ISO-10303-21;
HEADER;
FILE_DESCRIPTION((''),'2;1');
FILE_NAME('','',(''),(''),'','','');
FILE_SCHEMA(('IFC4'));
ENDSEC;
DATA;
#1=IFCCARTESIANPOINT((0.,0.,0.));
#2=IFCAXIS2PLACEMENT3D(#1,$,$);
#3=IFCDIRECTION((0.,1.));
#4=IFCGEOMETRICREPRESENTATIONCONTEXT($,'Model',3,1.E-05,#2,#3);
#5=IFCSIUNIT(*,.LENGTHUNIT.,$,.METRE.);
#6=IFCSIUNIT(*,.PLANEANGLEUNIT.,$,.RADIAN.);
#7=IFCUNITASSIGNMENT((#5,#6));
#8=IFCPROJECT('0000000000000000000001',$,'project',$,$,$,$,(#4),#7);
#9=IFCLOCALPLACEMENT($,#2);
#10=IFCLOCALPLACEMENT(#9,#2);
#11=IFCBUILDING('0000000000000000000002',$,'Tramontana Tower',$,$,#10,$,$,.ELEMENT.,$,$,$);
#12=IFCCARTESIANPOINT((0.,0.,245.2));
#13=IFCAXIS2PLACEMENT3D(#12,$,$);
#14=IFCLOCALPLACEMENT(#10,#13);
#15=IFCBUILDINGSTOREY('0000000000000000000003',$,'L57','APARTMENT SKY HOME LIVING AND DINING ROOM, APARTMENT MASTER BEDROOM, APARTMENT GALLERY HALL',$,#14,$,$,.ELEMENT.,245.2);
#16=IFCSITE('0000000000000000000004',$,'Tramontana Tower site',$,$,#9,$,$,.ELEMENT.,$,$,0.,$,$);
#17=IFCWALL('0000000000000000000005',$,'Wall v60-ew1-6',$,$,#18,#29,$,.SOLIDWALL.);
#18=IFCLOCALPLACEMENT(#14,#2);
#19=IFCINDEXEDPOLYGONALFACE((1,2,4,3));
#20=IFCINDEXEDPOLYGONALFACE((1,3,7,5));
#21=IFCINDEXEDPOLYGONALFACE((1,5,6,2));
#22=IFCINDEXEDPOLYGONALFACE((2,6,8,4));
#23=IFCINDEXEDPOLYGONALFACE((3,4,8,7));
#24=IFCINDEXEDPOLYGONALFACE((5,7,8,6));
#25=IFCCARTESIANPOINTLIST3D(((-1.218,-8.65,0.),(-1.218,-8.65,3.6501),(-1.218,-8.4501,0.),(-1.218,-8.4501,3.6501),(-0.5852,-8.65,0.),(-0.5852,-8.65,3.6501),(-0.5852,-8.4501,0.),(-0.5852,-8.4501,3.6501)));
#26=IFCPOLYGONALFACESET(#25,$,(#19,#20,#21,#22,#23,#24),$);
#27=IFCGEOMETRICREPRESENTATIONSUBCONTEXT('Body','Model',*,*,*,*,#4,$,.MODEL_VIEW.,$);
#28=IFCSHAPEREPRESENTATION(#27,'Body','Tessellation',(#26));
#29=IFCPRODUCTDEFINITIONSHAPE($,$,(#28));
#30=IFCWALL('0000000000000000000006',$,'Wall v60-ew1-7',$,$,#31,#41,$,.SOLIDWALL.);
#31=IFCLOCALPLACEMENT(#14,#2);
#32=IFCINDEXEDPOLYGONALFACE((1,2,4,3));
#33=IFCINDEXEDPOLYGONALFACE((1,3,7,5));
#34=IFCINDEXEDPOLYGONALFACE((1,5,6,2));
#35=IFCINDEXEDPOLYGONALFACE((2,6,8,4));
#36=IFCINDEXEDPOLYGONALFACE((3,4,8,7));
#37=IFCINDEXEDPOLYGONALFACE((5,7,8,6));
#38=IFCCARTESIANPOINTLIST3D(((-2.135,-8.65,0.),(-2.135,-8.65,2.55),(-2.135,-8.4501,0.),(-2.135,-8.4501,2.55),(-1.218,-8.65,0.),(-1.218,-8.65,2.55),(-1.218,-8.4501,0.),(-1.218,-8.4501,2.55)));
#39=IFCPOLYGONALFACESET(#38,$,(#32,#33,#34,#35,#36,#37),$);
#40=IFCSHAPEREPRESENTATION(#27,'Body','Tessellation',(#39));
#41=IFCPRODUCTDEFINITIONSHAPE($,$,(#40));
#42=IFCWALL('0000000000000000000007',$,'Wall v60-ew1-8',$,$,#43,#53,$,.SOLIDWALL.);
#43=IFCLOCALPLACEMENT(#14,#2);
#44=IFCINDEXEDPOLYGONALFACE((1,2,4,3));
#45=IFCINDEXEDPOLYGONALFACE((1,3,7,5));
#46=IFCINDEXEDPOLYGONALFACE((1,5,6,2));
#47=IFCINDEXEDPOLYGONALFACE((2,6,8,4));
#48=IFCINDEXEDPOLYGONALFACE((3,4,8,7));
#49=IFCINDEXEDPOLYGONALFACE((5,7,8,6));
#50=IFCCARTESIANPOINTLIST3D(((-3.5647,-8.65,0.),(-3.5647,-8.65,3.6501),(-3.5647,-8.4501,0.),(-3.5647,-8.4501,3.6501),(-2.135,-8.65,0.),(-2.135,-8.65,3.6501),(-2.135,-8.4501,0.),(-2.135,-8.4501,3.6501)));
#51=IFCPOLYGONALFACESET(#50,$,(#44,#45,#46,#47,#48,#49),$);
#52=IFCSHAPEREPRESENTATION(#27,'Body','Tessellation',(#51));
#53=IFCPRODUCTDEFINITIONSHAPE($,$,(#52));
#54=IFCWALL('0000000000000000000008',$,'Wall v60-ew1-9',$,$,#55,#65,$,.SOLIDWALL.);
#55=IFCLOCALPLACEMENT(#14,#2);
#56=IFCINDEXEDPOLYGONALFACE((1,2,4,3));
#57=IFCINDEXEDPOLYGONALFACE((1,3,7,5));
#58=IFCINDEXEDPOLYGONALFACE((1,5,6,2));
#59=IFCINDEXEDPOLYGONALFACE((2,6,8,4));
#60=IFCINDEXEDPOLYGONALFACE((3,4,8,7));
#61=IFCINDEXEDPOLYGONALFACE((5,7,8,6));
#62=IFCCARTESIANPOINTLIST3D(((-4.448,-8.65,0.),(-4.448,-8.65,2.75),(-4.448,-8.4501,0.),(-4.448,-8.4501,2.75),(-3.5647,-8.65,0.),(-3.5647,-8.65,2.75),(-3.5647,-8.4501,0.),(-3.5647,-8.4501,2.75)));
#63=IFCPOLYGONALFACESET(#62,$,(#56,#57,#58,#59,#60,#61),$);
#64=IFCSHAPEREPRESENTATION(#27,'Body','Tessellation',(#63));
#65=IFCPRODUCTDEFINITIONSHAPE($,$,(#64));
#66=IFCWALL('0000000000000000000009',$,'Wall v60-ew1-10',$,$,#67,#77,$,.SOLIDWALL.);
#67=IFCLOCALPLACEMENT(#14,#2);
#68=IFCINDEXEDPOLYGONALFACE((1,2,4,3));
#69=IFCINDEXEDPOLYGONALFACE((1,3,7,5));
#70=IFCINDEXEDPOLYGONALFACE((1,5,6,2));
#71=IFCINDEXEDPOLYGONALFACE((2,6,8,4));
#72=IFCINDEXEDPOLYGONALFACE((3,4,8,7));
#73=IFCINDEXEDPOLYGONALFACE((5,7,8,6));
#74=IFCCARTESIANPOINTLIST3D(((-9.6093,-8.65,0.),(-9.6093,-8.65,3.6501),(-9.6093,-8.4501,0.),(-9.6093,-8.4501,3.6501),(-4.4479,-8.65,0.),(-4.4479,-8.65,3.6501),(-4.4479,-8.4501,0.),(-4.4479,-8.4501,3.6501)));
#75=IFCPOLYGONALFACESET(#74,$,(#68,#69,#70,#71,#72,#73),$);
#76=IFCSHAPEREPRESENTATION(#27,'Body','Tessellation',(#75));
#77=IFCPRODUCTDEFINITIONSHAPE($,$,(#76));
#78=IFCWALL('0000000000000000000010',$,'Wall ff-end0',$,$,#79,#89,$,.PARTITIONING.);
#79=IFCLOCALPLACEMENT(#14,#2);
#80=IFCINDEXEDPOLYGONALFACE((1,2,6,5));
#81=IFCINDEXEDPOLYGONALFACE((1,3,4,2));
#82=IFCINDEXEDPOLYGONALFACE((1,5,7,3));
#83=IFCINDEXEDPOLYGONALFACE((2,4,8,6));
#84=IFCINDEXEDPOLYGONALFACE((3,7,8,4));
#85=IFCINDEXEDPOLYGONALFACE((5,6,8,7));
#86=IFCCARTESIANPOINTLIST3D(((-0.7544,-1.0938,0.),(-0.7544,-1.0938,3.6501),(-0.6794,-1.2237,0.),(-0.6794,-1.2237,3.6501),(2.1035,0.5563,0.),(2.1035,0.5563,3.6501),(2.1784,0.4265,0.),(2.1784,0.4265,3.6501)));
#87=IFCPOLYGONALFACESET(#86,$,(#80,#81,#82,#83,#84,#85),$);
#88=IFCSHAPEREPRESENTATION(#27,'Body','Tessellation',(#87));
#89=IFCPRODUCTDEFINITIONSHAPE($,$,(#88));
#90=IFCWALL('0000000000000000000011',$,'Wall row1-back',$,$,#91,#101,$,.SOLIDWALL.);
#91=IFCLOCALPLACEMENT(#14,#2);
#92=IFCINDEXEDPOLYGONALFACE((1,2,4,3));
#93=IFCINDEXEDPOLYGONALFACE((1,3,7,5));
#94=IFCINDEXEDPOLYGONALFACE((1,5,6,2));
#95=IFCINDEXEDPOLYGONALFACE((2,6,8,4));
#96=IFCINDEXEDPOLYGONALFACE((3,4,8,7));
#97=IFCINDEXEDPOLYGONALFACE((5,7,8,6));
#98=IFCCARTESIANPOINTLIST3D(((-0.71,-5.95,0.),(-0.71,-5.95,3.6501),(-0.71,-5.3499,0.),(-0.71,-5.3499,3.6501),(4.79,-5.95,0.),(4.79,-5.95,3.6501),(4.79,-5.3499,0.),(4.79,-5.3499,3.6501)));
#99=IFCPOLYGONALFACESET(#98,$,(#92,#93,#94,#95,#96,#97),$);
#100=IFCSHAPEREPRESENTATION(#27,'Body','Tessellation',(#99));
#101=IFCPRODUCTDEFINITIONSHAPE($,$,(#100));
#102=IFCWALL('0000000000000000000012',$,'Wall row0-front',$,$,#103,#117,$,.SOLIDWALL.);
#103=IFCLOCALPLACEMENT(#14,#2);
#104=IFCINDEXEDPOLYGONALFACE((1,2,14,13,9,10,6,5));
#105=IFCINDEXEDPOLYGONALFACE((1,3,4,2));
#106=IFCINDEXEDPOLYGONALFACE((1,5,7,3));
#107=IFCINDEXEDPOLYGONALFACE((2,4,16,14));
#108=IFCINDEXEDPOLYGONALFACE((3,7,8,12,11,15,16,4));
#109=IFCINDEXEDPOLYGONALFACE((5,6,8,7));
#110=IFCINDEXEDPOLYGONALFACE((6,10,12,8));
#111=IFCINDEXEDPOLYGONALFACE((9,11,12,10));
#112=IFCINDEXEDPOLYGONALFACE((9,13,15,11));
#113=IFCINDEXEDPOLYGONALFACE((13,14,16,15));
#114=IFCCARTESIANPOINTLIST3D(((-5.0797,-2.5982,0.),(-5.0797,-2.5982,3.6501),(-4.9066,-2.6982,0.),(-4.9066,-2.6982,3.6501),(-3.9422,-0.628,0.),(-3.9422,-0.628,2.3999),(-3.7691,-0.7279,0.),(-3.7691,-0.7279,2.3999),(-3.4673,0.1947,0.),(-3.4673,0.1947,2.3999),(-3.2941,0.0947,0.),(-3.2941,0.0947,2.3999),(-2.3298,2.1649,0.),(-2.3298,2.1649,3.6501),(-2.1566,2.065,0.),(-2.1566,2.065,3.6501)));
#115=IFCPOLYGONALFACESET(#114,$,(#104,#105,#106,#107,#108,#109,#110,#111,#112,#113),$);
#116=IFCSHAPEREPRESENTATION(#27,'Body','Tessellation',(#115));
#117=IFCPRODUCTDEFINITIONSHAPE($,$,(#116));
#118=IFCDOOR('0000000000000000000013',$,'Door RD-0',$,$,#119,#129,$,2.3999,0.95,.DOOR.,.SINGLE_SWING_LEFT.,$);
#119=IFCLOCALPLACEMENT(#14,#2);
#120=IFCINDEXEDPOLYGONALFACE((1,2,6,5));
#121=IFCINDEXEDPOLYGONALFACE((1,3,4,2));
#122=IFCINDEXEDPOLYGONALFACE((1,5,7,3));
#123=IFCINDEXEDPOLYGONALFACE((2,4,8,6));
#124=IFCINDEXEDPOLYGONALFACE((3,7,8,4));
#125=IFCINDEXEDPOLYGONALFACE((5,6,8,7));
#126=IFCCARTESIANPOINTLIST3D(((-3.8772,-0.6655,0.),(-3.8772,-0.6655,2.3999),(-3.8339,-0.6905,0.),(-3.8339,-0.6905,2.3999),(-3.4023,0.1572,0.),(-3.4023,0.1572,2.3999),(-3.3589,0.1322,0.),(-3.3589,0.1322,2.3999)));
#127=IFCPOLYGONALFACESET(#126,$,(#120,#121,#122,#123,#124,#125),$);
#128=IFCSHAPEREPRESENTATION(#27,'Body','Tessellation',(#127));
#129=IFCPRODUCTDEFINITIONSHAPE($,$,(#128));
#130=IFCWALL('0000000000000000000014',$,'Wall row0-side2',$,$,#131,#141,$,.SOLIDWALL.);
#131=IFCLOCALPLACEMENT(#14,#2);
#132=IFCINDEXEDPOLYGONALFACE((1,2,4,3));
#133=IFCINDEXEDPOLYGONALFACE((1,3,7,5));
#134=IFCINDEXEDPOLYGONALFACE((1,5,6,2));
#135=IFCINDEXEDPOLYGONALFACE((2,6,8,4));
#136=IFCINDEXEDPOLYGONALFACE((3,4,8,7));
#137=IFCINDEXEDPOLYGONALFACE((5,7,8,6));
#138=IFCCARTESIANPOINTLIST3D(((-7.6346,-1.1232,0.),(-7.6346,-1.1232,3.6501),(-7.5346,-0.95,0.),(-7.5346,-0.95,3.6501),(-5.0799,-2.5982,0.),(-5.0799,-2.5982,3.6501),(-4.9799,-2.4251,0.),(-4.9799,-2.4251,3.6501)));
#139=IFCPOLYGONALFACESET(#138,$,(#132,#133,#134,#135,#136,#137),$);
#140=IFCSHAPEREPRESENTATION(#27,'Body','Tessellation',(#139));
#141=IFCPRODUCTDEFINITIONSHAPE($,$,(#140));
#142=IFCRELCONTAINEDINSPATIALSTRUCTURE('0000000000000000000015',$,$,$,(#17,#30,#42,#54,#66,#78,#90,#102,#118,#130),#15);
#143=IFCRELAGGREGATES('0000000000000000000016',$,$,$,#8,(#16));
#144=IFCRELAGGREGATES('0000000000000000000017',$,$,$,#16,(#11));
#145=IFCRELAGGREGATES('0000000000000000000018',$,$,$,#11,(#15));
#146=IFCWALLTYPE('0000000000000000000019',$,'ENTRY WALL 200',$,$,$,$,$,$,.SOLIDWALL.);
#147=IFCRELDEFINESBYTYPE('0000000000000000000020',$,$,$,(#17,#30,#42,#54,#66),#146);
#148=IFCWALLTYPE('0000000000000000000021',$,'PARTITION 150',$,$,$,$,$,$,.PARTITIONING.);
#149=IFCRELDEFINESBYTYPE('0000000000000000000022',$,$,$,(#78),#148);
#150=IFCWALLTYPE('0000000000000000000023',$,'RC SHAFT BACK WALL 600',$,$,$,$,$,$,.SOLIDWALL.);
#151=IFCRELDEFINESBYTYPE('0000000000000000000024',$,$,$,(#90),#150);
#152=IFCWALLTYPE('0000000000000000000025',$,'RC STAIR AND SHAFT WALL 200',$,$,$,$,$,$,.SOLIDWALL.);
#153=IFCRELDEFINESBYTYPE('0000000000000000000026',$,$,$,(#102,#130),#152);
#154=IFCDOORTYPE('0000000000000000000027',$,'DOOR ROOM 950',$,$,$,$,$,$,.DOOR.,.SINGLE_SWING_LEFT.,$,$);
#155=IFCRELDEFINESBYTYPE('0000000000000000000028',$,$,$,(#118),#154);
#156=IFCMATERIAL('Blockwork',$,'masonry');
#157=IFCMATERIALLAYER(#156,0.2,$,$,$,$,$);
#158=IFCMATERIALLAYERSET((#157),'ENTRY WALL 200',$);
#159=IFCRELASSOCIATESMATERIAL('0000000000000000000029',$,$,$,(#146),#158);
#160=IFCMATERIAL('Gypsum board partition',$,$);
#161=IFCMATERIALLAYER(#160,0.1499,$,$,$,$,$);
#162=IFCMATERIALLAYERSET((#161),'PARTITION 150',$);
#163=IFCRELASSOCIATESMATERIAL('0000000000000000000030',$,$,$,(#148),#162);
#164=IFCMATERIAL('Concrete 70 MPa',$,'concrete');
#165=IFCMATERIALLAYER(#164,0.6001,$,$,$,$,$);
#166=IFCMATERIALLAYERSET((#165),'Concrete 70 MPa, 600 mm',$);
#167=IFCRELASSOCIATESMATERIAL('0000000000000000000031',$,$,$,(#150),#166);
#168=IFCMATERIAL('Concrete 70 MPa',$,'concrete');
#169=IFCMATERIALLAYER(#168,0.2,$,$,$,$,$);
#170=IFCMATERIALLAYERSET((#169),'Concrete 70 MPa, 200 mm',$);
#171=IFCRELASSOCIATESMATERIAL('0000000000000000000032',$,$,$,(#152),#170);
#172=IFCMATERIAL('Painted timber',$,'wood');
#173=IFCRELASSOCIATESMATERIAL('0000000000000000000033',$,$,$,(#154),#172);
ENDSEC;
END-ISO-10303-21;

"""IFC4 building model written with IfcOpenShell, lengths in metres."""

from ifc_helpers import new_model, si_unit, direction, frame, frame_2d, origin, place, context, subcontext, project, spatial, rectangle, extrude, material, layer, layer_set, type_object, element, fill, save


model = new_model("IFC4")

# Units and contexts
model_context = context("Model", 3, precision=1e-05, world=origin(), true_north=direction((0.0, 1.0)))
body_context = subcontext(model_context, "Body", "Model", "MODEL_VIEW")
ifc_project = project(units=[si_unit("LENGTHUNIT", "METRE"), si_unit("PLANEANGLEUNIT", "RADIAN")], contexts=[model_context])

# Site, building, storey
site_placement = place(None, origin())
site = spatial("IfcSite", under=ifc_project, at=site_placement, Name="Tramontana Tower site", CompositionType="ELEMENT", RefElevation=0.0)
building_placement = place(site_placement, origin())
building = spatial("IfcBuilding", under=site, at=building_placement, Name="Tramontana Tower", CompositionType="ELEMENT")
storey_placement = place(building_placement, frame((0.0, 0.0, 245.2)))
storey = spatial("IfcBuildingStorey", under=building, at=storey_placement, Name="L57", Description="APARTMENT SKY HOME LIVING AND DINING ROOM, APARTMENT MASTER BEDROOM, APARTMENT GALLERY HALL", CompositionType="ELEMENT", Elevation=245.2)

# Walls
ifc_material_1 = material(Name="Blockwork", Category="masonry")
ifc_layer_1 = layer(ifc_material_1, 0.2)
ifc_layer_set_1 = layer_set([ifc_layer_1], Name="ENTRY WALL 200")
wall_type_1 = type_object("IfcWallType", Name="ENTRY WALL 200", PredefinedType="SOLIDWALL", material=ifc_layer_set_1)
wall_1_placement = place(storey_placement, frame((-0.5852, -8.55, 0.0), z_axis=(0.0, 0.0, 1.0), x_axis=(-1.0, 0.0, 0.0)))
element("IfcWall", 1, at=wall_1_placement, inside=storey, type_object=wall_type_1, Name="Wall v60-ew1-6", PredefinedType="SOLIDWALL", context=body_context, shape_type="SweptSolid", body=[
    extrude(rectangle(XDim=0.6328, YDim=0.2, at=frame_2d((0.3164, 0.0))), origin(), (0.0, 0.0, 1.0), 3.6501),
])
wall_2_placement = place(storey_placement, frame((-1.218, -8.55, 0.0), z_axis=(0.0, 0.0, 1.0), x_axis=(-1.0, 0.0, 0.0)))
element("IfcWall", 2, at=wall_2_placement, inside=storey, type_object=wall_type_1, Name="Wall v60-ew1-7", PredefinedType="SOLIDWALL", context=body_context, shape_type="SweptSolid", body=[
    extrude(rectangle(XDim=0.917, YDim=0.2, at=frame_2d((0.4585, 0.0))), origin(), (0.0, 0.0, 1.0), 2.55),
])
wall_3_placement = place(storey_placement, frame((-2.135, -8.55, 0.0), z_axis=(0.0, 0.0, 1.0), x_axis=(-1.0, 0.0, 0.0)))
element("IfcWall", 3, at=wall_3_placement, inside=storey, type_object=wall_type_1, Name="Wall v60-ew1-8", PredefinedType="SOLIDWALL", context=body_context, shape_type="SweptSolid", body=[
    extrude(rectangle(XDim=1.4297, YDim=0.2, at=frame_2d((0.7148, 0.0))), origin(), (0.0, 0.0, 1.0), 3.6501),
])
wall_4_placement = place(storey_placement, frame((-3.5647, -8.55, 0.0), z_axis=(0.0, 0.0, 1.0), x_axis=(-1.0, 0.0, 0.0)))
element("IfcWall", 4, at=wall_4_placement, inside=storey, type_object=wall_type_1, Name="Wall v60-ew1-9", PredefinedType="SOLIDWALL", context=body_context, shape_type="SweptSolid", body=[
    extrude(rectangle(XDim=0.8833, YDim=0.2, at=frame_2d((0.4417, 0.0))), origin(), (0.0, 0.0, 1.0), 2.75),
])
wall_5_placement = place(storey_placement, frame((-4.448, -8.55, 0.0), z_axis=(0.0, 0.0, 1.0), x_axis=(-1.0, 0.0, 0.0)))
element("IfcWall", 5, at=wall_5_placement, inside=storey, type_object=wall_type_1, Name="Wall v60-ew1-10", PredefinedType="SOLIDWALL", context=body_context, shape_type="SweptSolid", body=[
    extrude(rectangle(XDim=5.1614, YDim=0.2, at=frame_2d((2.5806, 0.0))), origin(), (0.0, 0.0, 1.0), 3.6501),
])

# Shared definitions
ifc_material_2 = material(Name="Gypsum board partition")
ifc_layer_2 = layer(ifc_material_2, 0.1499)
ifc_layer_set_2 = layer_set([ifc_layer_2], Name="PARTITION 150")
wall_type_2 = type_object("IfcWallType", Name="PARTITION 150", PredefinedType="PARTITIONING", material=ifc_layer_set_2)

# Walls
wall_6_placement = place(storey_placement, frame((-0.7168, -1.1587, 0.0), z_axis=(0.0, 0.0, 1.0), x_axis=(0.866008, 0.50003, 0.0)))
element("IfcWall", 6, at=wall_6_placement, inside=storey, type_object=wall_type_2, Name="Wall ff-end0", PredefinedType="PARTITIONING", context=body_context, shape_type="SweptSolid", body=[
    extrude(rectangle(XDim=3.3, YDim=0.1499, at=frame_2d((1.6499, 0.0))), origin(), (0.0, 0.0, 1.0), 3.6501),
])
ifc_material_3 = material(Name="Concrete 70 MPa", Category="concrete")
ifc_layer_3 = layer(ifc_material_3, 0.6001)
ifc_layer_set_3 = layer_set([ifc_layer_3], Name="Concrete 70 MPa, 600 mm")
wall_type_3 = type_object("IfcWallType", Name="RC SHAFT BACK WALL 600", PredefinedType="SOLIDWALL", material=ifc_layer_set_3)
wall_7_placement = place(storey_placement, frame((-0.71, -5.6499, 0.0), z_axis=(0.0, 0.0, 1.0), x_axis=(1.0, 0.0, 0.0)))
element("IfcWall", 7, at=wall_7_placement, inside=storey, type_object=wall_type_3, Name="Wall row1-back", PredefinedType="SOLIDWALL", context=body_context, shape_type="SweptSolid", body=[
    extrude(rectangle(XDim=5.5, YDim=0.6001, at=frame_2d((2.75, 0.0))), origin(), (0.0, 0.0, 1.0), 3.6501),
])

# Wall, opening, door
ifc_material_4 = material(Name="Concrete 70 MPa", Category="concrete")
ifc_layer_4 = layer(ifc_material_4, 0.2)
ifc_layer_set_4 = layer_set([ifc_layer_4], Name="Concrete 70 MPa, 200 mm")
wall_type_4 = type_object("IfcWallType", Name="RC STAIR AND SHAFT WALL 200", PredefinedType="SOLIDWALL", material=ifc_layer_set_4)
wall_8_placement = place(storey_placement, frame((-4.9932, -2.6482, 0.0), z_axis=(0.0, 0.0, 1.0), x_axis=(0.499997, 0.866027, 0.0)))
wall_8 = element("IfcWall", 8, at=wall_8_placement, inside=storey, type_object=wall_type_4, Name="Wall row0-front", PredefinedType="SOLIDWALL", context=body_context, shape_type="SweptSolid", body=[
    extrude(rectangle(XDim=5.5, YDim=0.2, at=frame_2d((2.75, 0.0))), origin(), (0.0, 0.0, 1.0), 3.6501),
])
opening_1_placement = place(wall_8_placement, frame((2.2749, 0.0, 0.0)))
opening_1 = element("IfcOpeningElement", 9, at=opening_1_placement, cuts=wall_8, PredefinedType="OPENING", context=body_context, shape_type="SweptSolid", body=[
    extrude(rectangle(XDim=0.95, YDim=2.3999, at=frame_2d((0.4751, 1.2))), frame((0.0, 0.1099, 0.0), z_axis=(0.0, -1.0, 0.0), x_axis=(1.0, 0.0, 0.0)), (0.0, 0.0, 1.0), 0.22),
])
ifc_material_5 = material(Name="Painted timber", Category="wood")
door_type_1 = type_object("IfcDoorType", Name="DOOR ROOM 950", OperationType="SINGLE_SWING_LEFT", PredefinedType="DOOR", material=ifc_material_5)
door_1_placement = place(opening_1_placement, origin())
door_1 = element("IfcDoor", 10, at=door_1_placement, inside=storey, type_object=door_type_1, Name="Door RD-0", OperationType="SINGLE_SWING_LEFT", OverallHeight=2.3999, OverallWidth=0.95, PredefinedType="DOOR", context=body_context, shape_type="SweptSolid", body=[
    extrude(rectangle(XDim=0.95, YDim=2.3999, at=frame_2d((0.4751, 1.2))), frame((0.0, 0.0249, 0.0), z_axis=(0.0, -1.0, 0.0), x_axis=(1.0, 0.0, 0.0)), (0.0, 0.0, 1.0), 0.05),
])
fill(opening_1, door_1)

# Wall
wall_9_placement = place(storey_placement, frame((-5.0298, -2.5117, 0.0), z_axis=(0.0, 0.0, 1.0), x_axis=(-0.866004, 0.500038, 0.0)))
element("IfcWall", 11, at=wall_9_placement, inside=storey, type_object=wall_type_4, Name="Wall row0-side2", PredefinedType="SOLIDWALL", context=body_context, shape_type="SweptSolid", body=[
    extrude(rectangle(XDim=2.95, YDim=0.2, at=frame_2d((1.4751, 0.0))), origin(), (0.0, 0.0, 1.0), 3.6501),
])

save(model, "model.ifc")
